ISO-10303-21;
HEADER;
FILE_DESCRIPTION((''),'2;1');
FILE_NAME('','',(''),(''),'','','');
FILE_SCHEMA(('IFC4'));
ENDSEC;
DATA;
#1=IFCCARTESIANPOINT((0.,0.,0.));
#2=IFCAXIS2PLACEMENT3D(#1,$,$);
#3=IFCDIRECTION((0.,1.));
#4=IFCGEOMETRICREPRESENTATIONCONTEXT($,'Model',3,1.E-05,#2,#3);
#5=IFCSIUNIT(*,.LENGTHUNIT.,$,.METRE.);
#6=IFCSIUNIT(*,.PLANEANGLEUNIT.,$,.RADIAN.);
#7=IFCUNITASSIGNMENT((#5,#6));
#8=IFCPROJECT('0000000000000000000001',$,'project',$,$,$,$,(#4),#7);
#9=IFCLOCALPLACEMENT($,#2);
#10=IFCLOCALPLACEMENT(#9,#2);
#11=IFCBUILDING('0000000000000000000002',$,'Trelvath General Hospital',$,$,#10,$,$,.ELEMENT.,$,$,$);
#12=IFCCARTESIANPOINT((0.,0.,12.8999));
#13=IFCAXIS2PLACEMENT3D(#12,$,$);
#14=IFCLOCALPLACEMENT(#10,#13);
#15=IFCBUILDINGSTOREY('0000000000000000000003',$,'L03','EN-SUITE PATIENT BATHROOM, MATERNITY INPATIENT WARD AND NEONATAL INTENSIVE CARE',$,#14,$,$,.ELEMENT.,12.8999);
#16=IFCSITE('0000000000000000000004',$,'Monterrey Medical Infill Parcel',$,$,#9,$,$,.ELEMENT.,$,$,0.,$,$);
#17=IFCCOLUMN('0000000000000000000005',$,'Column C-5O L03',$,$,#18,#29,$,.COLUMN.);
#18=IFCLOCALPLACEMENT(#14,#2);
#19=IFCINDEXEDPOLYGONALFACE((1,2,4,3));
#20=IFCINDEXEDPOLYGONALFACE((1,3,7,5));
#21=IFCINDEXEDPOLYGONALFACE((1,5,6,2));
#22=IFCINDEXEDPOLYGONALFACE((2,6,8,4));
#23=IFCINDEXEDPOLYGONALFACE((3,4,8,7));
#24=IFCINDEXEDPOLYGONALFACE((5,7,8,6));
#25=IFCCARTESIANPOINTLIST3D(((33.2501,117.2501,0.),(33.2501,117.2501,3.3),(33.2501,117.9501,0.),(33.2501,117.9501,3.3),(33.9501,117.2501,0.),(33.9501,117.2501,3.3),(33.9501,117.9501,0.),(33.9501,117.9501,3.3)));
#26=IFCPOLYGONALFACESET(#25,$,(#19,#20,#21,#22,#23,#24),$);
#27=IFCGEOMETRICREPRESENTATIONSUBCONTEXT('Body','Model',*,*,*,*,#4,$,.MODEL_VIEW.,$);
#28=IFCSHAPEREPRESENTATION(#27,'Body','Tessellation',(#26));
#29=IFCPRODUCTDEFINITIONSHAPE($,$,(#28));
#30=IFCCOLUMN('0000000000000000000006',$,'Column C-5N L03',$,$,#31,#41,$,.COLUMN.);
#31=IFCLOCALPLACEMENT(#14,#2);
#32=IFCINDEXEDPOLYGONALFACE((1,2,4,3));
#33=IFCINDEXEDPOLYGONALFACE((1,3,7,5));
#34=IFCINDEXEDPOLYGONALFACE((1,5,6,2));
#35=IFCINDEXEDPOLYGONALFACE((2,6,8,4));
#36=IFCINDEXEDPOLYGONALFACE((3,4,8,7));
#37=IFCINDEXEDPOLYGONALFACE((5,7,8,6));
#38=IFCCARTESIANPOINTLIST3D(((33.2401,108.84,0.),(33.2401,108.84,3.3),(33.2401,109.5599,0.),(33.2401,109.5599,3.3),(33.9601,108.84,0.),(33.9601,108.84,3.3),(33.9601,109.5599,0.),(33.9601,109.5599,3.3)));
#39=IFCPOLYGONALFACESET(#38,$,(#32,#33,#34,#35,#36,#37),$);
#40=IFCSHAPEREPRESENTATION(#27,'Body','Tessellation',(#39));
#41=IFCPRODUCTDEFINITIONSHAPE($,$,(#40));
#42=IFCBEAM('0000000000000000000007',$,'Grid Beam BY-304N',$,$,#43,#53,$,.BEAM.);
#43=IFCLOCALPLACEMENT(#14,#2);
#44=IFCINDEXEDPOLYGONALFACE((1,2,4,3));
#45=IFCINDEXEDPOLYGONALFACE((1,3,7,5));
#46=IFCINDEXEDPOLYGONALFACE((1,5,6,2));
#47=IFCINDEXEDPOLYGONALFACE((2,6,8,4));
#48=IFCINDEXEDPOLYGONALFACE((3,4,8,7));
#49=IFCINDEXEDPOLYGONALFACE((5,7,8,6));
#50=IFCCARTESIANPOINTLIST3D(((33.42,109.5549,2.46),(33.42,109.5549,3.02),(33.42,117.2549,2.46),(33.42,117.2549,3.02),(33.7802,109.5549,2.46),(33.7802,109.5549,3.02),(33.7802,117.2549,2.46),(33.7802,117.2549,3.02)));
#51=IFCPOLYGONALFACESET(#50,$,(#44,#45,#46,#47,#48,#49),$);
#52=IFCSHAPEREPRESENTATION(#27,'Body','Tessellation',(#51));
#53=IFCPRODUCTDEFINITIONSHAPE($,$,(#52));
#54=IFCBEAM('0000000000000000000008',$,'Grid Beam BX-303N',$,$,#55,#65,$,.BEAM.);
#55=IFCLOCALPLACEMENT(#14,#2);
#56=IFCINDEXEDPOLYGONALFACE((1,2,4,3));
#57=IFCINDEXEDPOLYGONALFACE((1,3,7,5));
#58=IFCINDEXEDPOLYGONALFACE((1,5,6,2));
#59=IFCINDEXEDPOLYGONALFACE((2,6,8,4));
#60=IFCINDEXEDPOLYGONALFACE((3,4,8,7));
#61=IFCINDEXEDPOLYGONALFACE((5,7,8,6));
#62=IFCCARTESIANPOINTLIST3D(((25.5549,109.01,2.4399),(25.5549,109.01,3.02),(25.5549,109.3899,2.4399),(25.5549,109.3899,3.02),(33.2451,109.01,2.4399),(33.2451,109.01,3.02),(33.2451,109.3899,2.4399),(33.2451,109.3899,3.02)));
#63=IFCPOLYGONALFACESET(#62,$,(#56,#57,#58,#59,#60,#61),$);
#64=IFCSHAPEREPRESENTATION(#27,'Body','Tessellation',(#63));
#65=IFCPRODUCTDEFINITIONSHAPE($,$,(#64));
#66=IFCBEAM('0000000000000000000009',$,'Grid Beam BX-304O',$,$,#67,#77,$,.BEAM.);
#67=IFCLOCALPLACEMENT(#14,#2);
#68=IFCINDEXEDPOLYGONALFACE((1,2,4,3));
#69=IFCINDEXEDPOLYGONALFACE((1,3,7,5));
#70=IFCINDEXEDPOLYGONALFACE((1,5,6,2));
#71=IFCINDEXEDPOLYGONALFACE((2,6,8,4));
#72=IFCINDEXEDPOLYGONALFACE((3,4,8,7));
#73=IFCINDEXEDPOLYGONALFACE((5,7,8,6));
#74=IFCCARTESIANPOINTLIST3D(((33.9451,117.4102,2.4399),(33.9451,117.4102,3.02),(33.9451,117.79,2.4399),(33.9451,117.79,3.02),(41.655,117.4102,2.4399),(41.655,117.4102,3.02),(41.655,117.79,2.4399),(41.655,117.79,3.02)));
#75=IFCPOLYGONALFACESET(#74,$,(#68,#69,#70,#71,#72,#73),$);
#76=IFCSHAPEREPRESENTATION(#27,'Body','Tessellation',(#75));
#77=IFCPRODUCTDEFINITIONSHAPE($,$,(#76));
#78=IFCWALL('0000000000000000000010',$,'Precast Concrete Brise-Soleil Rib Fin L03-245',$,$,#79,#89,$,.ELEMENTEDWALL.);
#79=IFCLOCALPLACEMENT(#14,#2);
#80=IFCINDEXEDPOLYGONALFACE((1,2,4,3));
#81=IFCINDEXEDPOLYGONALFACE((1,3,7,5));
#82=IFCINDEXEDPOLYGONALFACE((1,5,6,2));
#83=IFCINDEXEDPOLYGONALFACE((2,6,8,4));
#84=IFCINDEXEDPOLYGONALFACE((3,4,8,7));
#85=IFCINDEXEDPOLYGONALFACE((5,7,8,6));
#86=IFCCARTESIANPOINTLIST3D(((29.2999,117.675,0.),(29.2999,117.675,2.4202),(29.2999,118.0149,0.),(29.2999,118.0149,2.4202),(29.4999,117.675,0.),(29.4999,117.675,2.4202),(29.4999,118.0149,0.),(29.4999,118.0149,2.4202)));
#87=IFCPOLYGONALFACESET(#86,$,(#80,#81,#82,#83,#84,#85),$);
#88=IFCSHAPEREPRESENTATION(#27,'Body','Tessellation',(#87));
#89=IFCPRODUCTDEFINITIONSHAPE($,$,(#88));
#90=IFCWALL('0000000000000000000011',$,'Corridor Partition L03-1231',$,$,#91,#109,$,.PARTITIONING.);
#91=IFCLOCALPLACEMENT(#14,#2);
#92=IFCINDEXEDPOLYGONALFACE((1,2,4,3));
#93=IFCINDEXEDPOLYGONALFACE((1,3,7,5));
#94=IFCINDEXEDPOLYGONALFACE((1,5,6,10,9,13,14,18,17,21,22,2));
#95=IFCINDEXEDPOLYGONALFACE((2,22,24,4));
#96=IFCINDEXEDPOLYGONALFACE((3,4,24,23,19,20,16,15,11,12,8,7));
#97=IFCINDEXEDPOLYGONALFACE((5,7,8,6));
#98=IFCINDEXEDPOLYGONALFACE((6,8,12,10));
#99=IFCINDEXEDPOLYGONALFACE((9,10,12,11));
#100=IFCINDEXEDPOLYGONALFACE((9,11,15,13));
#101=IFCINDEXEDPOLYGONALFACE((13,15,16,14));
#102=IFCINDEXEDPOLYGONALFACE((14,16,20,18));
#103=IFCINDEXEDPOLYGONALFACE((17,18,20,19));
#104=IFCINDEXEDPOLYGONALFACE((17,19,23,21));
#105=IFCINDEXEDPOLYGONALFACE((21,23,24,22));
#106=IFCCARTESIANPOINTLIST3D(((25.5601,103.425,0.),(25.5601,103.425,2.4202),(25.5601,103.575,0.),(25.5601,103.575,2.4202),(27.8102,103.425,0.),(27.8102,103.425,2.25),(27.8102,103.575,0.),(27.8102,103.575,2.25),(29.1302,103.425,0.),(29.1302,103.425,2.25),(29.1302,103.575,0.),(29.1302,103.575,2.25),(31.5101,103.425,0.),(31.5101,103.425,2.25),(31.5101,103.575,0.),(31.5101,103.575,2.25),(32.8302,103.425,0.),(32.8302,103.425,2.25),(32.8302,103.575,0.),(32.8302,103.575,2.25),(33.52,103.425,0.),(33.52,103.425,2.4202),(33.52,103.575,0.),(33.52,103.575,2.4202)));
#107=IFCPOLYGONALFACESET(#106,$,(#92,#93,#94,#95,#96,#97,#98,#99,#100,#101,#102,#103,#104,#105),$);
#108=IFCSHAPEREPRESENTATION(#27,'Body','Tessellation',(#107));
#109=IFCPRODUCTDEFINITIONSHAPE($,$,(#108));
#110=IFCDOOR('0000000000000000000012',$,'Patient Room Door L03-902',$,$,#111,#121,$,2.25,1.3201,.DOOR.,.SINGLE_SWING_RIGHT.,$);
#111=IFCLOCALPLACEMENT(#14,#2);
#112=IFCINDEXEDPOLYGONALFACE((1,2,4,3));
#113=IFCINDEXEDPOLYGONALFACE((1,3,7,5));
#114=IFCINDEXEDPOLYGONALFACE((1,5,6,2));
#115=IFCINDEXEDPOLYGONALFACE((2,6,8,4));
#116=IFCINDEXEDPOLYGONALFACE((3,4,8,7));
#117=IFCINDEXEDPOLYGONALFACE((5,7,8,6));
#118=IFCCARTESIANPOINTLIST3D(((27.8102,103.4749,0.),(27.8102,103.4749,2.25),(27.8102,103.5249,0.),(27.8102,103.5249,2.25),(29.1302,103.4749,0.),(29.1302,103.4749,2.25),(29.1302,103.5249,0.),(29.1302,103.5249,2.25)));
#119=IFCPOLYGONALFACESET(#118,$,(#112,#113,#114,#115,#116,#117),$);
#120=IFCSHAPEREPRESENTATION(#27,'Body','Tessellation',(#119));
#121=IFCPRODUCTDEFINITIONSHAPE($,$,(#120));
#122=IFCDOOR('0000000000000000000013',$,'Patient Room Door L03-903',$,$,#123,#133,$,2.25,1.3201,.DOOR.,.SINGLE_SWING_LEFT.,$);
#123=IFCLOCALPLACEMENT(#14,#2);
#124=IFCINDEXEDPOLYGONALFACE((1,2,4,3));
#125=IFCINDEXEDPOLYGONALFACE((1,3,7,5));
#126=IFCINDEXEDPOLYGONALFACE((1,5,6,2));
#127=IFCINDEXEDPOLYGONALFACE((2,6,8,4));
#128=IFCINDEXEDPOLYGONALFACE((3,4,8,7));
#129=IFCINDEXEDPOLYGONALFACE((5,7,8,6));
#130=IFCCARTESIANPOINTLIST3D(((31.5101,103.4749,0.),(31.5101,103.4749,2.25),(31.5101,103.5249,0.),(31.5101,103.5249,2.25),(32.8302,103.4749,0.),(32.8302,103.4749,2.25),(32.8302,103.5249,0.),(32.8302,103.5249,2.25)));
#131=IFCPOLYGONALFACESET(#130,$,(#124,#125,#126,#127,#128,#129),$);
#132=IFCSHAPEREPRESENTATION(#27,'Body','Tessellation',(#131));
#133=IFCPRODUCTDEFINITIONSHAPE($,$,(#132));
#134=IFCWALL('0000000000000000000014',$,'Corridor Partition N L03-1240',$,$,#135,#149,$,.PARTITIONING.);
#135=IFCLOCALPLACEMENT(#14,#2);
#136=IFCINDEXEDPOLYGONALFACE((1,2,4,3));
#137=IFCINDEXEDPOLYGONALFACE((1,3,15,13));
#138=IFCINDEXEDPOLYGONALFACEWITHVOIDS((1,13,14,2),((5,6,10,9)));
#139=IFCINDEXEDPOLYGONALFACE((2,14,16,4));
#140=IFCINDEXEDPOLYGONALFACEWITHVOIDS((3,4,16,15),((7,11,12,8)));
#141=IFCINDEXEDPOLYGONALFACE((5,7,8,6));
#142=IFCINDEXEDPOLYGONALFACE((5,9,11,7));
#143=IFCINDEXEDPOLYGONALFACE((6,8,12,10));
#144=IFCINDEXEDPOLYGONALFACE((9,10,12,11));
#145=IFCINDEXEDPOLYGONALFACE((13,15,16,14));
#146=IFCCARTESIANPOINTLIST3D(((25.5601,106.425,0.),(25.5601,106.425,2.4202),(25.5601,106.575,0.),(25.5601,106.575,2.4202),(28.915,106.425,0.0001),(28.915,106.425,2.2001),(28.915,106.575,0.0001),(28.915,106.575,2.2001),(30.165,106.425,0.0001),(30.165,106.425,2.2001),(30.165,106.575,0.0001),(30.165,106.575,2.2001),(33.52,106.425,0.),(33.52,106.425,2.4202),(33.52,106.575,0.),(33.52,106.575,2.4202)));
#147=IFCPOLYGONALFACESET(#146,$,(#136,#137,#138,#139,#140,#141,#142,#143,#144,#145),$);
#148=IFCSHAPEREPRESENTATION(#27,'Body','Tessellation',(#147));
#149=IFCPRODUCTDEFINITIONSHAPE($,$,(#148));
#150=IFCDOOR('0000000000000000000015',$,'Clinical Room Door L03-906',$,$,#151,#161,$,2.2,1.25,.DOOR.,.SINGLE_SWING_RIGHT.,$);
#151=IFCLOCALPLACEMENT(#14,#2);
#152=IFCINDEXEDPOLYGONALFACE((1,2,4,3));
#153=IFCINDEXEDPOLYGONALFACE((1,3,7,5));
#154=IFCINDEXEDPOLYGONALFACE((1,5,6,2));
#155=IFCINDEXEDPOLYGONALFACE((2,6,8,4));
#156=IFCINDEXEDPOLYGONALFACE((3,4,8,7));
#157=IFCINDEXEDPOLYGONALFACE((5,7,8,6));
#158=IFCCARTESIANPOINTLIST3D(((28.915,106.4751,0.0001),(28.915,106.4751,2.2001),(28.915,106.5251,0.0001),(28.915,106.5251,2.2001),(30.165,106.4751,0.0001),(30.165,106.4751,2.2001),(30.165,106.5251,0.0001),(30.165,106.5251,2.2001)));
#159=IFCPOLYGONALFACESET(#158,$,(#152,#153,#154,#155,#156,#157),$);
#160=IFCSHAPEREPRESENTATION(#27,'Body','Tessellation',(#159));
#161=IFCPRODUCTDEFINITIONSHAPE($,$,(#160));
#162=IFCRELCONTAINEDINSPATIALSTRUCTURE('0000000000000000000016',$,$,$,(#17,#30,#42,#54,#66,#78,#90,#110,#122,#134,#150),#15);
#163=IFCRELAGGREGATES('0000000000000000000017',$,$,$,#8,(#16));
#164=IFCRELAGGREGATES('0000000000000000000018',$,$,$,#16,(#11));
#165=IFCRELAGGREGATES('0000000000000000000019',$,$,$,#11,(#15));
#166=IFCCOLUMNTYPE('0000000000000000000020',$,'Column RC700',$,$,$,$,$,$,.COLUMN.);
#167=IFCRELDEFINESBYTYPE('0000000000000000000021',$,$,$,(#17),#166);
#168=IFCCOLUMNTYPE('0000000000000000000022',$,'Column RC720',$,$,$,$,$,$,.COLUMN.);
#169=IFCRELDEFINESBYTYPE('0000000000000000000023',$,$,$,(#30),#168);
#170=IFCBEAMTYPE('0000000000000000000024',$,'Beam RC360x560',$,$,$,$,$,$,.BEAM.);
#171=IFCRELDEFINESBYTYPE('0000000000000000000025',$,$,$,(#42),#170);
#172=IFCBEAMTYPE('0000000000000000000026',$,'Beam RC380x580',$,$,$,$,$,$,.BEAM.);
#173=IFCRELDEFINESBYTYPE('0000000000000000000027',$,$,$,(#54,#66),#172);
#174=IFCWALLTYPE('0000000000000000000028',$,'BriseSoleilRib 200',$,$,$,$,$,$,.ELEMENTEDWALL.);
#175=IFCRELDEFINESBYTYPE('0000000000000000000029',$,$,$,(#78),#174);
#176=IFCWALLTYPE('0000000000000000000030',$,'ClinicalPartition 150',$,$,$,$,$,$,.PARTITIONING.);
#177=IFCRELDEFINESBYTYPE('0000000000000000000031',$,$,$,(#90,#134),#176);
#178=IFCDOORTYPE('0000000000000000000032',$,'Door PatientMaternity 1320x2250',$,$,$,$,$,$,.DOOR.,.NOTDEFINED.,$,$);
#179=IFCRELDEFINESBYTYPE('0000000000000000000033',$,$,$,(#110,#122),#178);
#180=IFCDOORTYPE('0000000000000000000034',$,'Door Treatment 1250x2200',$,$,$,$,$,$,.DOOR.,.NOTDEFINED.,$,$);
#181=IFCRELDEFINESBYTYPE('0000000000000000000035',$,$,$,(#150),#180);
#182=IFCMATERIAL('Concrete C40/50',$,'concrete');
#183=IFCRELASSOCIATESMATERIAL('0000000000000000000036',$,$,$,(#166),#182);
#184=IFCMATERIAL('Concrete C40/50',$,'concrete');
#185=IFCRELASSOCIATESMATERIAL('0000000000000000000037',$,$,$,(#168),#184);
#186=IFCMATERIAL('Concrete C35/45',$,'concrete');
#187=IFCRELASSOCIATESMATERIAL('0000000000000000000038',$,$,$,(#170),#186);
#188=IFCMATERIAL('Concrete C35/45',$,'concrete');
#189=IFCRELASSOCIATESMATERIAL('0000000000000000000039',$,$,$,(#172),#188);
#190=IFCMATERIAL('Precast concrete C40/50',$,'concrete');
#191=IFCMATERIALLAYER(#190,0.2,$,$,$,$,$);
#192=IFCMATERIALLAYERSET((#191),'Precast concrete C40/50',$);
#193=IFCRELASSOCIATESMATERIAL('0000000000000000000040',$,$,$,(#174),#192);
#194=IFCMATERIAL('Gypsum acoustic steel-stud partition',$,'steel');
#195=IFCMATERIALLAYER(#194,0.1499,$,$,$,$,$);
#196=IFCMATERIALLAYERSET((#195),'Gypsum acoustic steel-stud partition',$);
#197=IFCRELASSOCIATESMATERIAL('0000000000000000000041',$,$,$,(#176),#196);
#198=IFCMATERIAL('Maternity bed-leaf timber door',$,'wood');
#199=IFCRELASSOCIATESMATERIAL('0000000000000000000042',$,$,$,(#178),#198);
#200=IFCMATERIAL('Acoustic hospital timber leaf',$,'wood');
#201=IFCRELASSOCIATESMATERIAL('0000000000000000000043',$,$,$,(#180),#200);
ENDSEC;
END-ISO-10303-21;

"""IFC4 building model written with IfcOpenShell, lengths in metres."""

from ifc_helpers import new_model, si_unit, direction, frame, frame_2d, origin, origin_2d, place, context, subcontext, project, spatial, rectangle, extrude, material, layer, layer_set, material_profile, profile_set, type_object, element, fill, save


model = new_model("IFC4")

# Units and contexts
model_context = context("Model", 3, precision=1e-05, world=origin(), true_north=direction((0.0, 1.0)))
body_context = subcontext(model_context, "Body", "Model", "MODEL_VIEW")
ifc_project = project(units=[si_unit("LENGTHUNIT", "METRE"), si_unit("PLANEANGLEUNIT", "RADIAN")], contexts=[model_context])

# Site, building, storey
site_placement = place(None, origin())
site = spatial("IfcSite", under=ifc_project, at=site_placement, Name="Monterrey Medical Infill Parcel", CompositionType="ELEMENT", RefElevation=0.0)
building_placement = place(site_placement, origin())
building = spatial("IfcBuilding", under=site, at=building_placement, Name="Trelvath General Hospital", CompositionType="ELEMENT")
storey_placement = place(building_placement, frame((0.0, 0.0, 12.8999)))
storey = spatial("IfcBuildingStorey", under=building, at=storey_placement, Name="L03", Description="EN-SUITE PATIENT BATHROOM, MATERNITY INPATIENT WARD AND NEONATAL INTENSIVE CARE", CompositionType="ELEMENT", Elevation=12.8999)

# Columns
ifc_material_1 = material(Name="Concrete C40/50", Category="concrete")
ifc_material_profile_1 = material_profile(ifc_material_1, rectangle(XDim=0.7, YDim=0.7, at=origin_2d()), Name="RC700x700")
ifc_profile_set_1 = profile_set([ifc_material_profile_1], Name="Concrete C40/50")
column_type_1 = type_object("IfcColumnType", Name="Column RC700", PredefinedType="COLUMN", material=ifc_profile_set_1)
column_1_placement = place(storey_placement, frame((33.6001, 117.6001, 0.0), z_axis=(0.0, 0.0, 1.0), x_axis=(1.0, 0.0, 0.0)))
element("IfcColumn", 1, at=column_1_placement, inside=storey, type_object=column_type_1, Name="Column C-5O L03", PredefinedType="COLUMN", context=body_context, shape_type="SweptSolid", body=[
    extrude(rectangle(XDim=0.7, YDim=0.7, at=origin_2d()), origin(), (0.0, 0.0, 1.0), 3.3),
])
ifc_material_2 = material(Name="Concrete C40/50", Category="concrete")
ifc_material_profile_2 = material_profile(ifc_material_2, rectangle(XDim=0.72, YDim=0.72, at=origin_2d()), Name="RC720x720")
ifc_profile_set_2 = profile_set([ifc_material_profile_2], Name="Concrete C40/50")
column_type_2 = type_object("IfcColumnType", Name="Column RC720", PredefinedType="COLUMN", material=ifc_profile_set_2)
column_2_placement = place(storey_placement, frame((33.6001, 109.2, 0.0), z_axis=(0.0, 0.0, 1.0), x_axis=(1.0, 0.0, 0.0)))
element("IfcColumn", 2, at=column_2_placement, inside=storey, type_object=column_type_2, Name="Column C-5N L03", PredefinedType="COLUMN", context=body_context, shape_type="SweptSolid", body=[
    extrude(rectangle(XDim=0.72, YDim=0.72, at=origin_2d()), origin(), (0.0, 0.0, 1.0), 3.3),
])

# Beams
ifc_material_3 = material(Name="Concrete C35/45", Category="concrete")
ifc_material_profile_3 = material_profile(ifc_material_3, rectangle(XDim=0.3601, YDim=0.5601, at=origin_2d()), Name="RCB360x560")
ifc_profile_set_3 = profile_set([ifc_material_profile_3], Name="Concrete C35/45")
beam_type_1 = type_object("IfcBeamType", Name="Beam RC360x560", PredefinedType="BEAM", material=ifc_profile_set_3)
beam_1_placement = place(storey_placement, frame((33.6001, 109.5549, 2.74), z_axis=(0.0, 1.0, 0.0), x_axis=(-1.0, 0.0, 0.0)))
element("IfcBeam", 3, at=beam_1_placement, inside=storey, type_object=beam_type_1, Name="Grid Beam BY-304N", PredefinedType="BEAM", context=body_context, shape_type="SweptSolid", body=[
    extrude(rectangle(XDim=0.3601, YDim=0.5601, at=origin_2d()), origin(), (0.0, 0.0, 1.0), 7.7),
])
ifc_material_4 = material(Name="Concrete C35/45", Category="concrete")
ifc_material_profile_4 = material_profile(ifc_material_4, rectangle(XDim=0.3799, YDim=0.5801, at=origin_2d()), Name="RCB380x580")
ifc_profile_set_4 = profile_set([ifc_material_profile_4], Name="Concrete C35/45")
beam_type_2 = type_object("IfcBeamType", Name="Beam RC380x580", PredefinedType="BEAM", material=ifc_profile_set_4)
beam_2_placement = place(storey_placement, frame((25.5549, 109.2, 2.73), z_axis=(1.0, 0.0, 0.0), x_axis=(0.0, 1.0, 0.0)))
element("IfcBeam", 4, at=beam_2_placement, inside=storey, type_object=beam_type_2, Name="Grid Beam BX-303N", PredefinedType="BEAM", context=body_context, shape_type="SweptSolid", body=[
    extrude(rectangle(XDim=0.3799, YDim=0.5801, at=origin_2d()), origin(), (0.0, 0.0, 1.0), 7.6902),
])
beam_3_placement = place(storey_placement, frame((33.9451, 117.6001, 2.73), z_axis=(1.0, 0.0, 0.0), x_axis=(0.0, 1.0, 0.0)))
element("IfcBeam", 5, at=beam_3_placement, inside=storey, type_object=beam_type_2, Name="Grid Beam BX-304O", PredefinedType="BEAM", context=body_context, shape_type="SweptSolid", body=[
    extrude(rectangle(XDim=0.3799, YDim=0.5801, at=origin_2d()), origin(), (0.0, 0.0, 1.0), 7.71),
])

# Wall
ifc_material_5 = material(Name="Precast concrete C40/50", Category="concrete")
ifc_layer_1 = layer(ifc_material_5, 0.2)
ifc_layer_set_1 = layer_set([ifc_layer_1], Name="Precast concrete C40/50")
wall_type_1 = type_object("IfcWallType", Name="BriseSoleilRib 200", PredefinedType="ELEMENTEDWALL", material=ifc_layer_set_1)
wall_1_placement = place(storey_placement, frame((29.3999, 117.675, 0.0), z_axis=(0.0, 0.0, 1.0), x_axis=(0.0, 1.0, 0.0)))
element("IfcWall", 6, at=wall_1_placement, inside=storey, type_object=wall_type_1, Name="Precast Concrete Brise-Soleil Rib Fin L03-245", PredefinedType="ELEMENTEDWALL", context=body_context, shape_type="SweptSolid", body=[
    extrude(rectangle(XDim=0.3398, YDim=0.2, at=frame_2d((0.1699, 0.0))), origin(), (0.0, 0.0, 1.0), 2.4202),
])

# Wall, openings, doors
ifc_material_6 = material(Name="Gypsum acoustic steel-stud partition", Category="steel")
ifc_layer_2 = layer(ifc_material_6, 0.1499)
ifc_layer_set_2 = layer_set([ifc_layer_2], Name="Gypsum acoustic steel-stud partition")
wall_type_2 = type_object("IfcWallType", Name="ClinicalPartition 150", PredefinedType="PARTITIONING", material=ifc_layer_set_2)
wall_2_placement = place(storey_placement, frame((25.5601, 103.5, 0.0), z_axis=(0.0, 0.0, 1.0), x_axis=(1.0, 0.0, 0.0)))
wall_2 = element("IfcWall", 7, at=wall_2_placement, inside=storey, type_object=wall_type_2, Name="Corridor Partition L03-1231", PredefinedType="PARTITIONING", context=body_context, shape_type="SweptSolid", body=[
    extrude(rectangle(XDim=7.96, YDim=0.1499, at=frame_2d((3.98, 0.0))), origin(), (0.0, 0.0, 1.0), 2.4202),
])
opening_1_placement = place(wall_2_placement, frame((2.25, 0.0, 0.0)))
opening_1 = element("IfcOpeningElement", 8, at=opening_1_placement, cuts=wall_2, PredefinedType="OPENING", context=body_context, shape_type="SweptSolid", body=[
    extrude(rectangle(XDim=1.3201, YDim=2.25, at=frame_2d((0.6602, 1.125))), frame((0.0, 0.085, 0.0), z_axis=(0.0, -1.0, 0.0), x_axis=(1.0, 0.0, 0.0)), (0.0, 0.0, 1.0), 0.1699),
])
opening_2_placement = place(wall_2_placement, frame((5.95, 0.0, 0.0)))
opening_2 = element("IfcOpeningElement", 9, at=opening_2_placement, cuts=wall_2, PredefinedType="OPENING", context=body_context, shape_type="SweptSolid", body=[
    extrude(rectangle(XDim=1.3201, YDim=2.25, at=frame_2d((0.6602, 1.125))), frame((0.0, 0.085, 0.0), z_axis=(0.0, -1.0, 0.0), x_axis=(1.0, 0.0, 0.0)), (0.0, 0.0, 1.0), 0.1699),
])
ifc_material_7 = material(Name="Maternity bed-leaf timber door", Category="wood")
door_type_1 = type_object("IfcDoorType", Name="Door PatientMaternity 1320x2250", OperationType="NOTDEFINED", PredefinedType="DOOR", material=ifc_material_7)
door_1_placement = place(opening_1_placement, origin())
door_1 = element("IfcDoor", 10, at=door_1_placement, inside=storey, type_object=door_type_1, Name="Patient Room Door L03-902", OperationType="SINGLE_SWING_RIGHT", OverallHeight=2.25, OverallWidth=1.3201, PredefinedType="DOOR", context=body_context, shape_type="SweptSolid", body=[
    extrude(rectangle(XDim=1.3201, YDim=2.25, at=frame_2d((0.6602, 1.125))), frame((0.0, 0.0249, 0.0), z_axis=(0.0, -1.0, 0.0), x_axis=(1.0, 0.0, 0.0)), (0.0, 0.0, 1.0), 0.05),
])
fill(opening_1, door_1)
door_2_placement = place(opening_2_placement, origin())
door_2 = element("IfcDoor", 11, at=door_2_placement, inside=storey, type_object=door_type_1, Name="Patient Room Door L03-903", OperationType="SINGLE_SWING_LEFT", OverallHeight=2.25, OverallWidth=1.3201, PredefinedType="DOOR", context=body_context, shape_type="SweptSolid", body=[
    extrude(rectangle(XDim=1.3201, YDim=2.25, at=frame_2d((0.6602, 1.125))), frame((0.0, 0.0249, 0.0), z_axis=(0.0, -1.0, 0.0), x_axis=(1.0, 0.0, 0.0)), (0.0, 0.0, 1.0), 0.05),
])
fill(opening_2, door_2)

# Wall, opening, door
wall_3_placement = place(storey_placement, frame((33.52, 106.5, 0.0), z_axis=(0.0, 0.0, 1.0), x_axis=(-1.0, 0.0, 0.0)))
wall_3 = element("IfcWall", 12, at=wall_3_placement, inside=storey, type_object=wall_type_2, Name="Corridor Partition N L03-1240", PredefinedType="PARTITIONING", context=body_context, shape_type="SweptSolid", body=[
    extrude(rectangle(XDim=7.96, YDim=0.1499, at=frame_2d((3.98, 0.0))), origin(), (0.0, 0.0, 1.0), 2.4202),
])
opening_3_placement = place(wall_3_placement, frame((3.355, 0.0, 0.0)))
opening_3 = element("IfcOpeningElement", 13, at=opening_3_placement, cuts=wall_3, PredefinedType="OPENING", context=body_context, shape_type="SweptSolid", body=[
    extrude(rectangle(XDim=1.25, YDim=2.2, at=frame_2d((0.625, 1.1001))), frame((0.0, 0.085, 0.0), z_axis=(0.0, -1.0, 0.0), x_axis=(1.0, 0.0, 0.0)), (0.0, 0.0, 1.0), 0.1699),
])
ifc_material_8 = material(Name="Acoustic hospital timber leaf", Category="wood")
door_type_2 = type_object("IfcDoorType", Name="Door Treatment 1250x2200", OperationType="NOTDEFINED", PredefinedType="DOOR", material=ifc_material_8)
door_3_placement = place(opening_3_placement, origin())
door_3 = element("IfcDoor", 14, at=door_3_placement, inside=storey, type_object=door_type_2, Name="Clinical Room Door L03-906", OperationType="SINGLE_SWING_RIGHT", OverallHeight=2.2, OverallWidth=1.25, PredefinedType="DOOR", context=body_context, shape_type="SweptSolid", body=[
    extrude(rectangle(XDim=1.25, YDim=2.2, at=frame_2d((0.625, 1.1001))), frame((0.0, 0.0249, 0.0), z_axis=(0.0, -1.0, 0.0), x_axis=(1.0, 0.0, 0.0)), (0.0, 0.0, 1.0), 0.05),
])
fill(opening_3, door_3)

save(model, "model.ifc")
